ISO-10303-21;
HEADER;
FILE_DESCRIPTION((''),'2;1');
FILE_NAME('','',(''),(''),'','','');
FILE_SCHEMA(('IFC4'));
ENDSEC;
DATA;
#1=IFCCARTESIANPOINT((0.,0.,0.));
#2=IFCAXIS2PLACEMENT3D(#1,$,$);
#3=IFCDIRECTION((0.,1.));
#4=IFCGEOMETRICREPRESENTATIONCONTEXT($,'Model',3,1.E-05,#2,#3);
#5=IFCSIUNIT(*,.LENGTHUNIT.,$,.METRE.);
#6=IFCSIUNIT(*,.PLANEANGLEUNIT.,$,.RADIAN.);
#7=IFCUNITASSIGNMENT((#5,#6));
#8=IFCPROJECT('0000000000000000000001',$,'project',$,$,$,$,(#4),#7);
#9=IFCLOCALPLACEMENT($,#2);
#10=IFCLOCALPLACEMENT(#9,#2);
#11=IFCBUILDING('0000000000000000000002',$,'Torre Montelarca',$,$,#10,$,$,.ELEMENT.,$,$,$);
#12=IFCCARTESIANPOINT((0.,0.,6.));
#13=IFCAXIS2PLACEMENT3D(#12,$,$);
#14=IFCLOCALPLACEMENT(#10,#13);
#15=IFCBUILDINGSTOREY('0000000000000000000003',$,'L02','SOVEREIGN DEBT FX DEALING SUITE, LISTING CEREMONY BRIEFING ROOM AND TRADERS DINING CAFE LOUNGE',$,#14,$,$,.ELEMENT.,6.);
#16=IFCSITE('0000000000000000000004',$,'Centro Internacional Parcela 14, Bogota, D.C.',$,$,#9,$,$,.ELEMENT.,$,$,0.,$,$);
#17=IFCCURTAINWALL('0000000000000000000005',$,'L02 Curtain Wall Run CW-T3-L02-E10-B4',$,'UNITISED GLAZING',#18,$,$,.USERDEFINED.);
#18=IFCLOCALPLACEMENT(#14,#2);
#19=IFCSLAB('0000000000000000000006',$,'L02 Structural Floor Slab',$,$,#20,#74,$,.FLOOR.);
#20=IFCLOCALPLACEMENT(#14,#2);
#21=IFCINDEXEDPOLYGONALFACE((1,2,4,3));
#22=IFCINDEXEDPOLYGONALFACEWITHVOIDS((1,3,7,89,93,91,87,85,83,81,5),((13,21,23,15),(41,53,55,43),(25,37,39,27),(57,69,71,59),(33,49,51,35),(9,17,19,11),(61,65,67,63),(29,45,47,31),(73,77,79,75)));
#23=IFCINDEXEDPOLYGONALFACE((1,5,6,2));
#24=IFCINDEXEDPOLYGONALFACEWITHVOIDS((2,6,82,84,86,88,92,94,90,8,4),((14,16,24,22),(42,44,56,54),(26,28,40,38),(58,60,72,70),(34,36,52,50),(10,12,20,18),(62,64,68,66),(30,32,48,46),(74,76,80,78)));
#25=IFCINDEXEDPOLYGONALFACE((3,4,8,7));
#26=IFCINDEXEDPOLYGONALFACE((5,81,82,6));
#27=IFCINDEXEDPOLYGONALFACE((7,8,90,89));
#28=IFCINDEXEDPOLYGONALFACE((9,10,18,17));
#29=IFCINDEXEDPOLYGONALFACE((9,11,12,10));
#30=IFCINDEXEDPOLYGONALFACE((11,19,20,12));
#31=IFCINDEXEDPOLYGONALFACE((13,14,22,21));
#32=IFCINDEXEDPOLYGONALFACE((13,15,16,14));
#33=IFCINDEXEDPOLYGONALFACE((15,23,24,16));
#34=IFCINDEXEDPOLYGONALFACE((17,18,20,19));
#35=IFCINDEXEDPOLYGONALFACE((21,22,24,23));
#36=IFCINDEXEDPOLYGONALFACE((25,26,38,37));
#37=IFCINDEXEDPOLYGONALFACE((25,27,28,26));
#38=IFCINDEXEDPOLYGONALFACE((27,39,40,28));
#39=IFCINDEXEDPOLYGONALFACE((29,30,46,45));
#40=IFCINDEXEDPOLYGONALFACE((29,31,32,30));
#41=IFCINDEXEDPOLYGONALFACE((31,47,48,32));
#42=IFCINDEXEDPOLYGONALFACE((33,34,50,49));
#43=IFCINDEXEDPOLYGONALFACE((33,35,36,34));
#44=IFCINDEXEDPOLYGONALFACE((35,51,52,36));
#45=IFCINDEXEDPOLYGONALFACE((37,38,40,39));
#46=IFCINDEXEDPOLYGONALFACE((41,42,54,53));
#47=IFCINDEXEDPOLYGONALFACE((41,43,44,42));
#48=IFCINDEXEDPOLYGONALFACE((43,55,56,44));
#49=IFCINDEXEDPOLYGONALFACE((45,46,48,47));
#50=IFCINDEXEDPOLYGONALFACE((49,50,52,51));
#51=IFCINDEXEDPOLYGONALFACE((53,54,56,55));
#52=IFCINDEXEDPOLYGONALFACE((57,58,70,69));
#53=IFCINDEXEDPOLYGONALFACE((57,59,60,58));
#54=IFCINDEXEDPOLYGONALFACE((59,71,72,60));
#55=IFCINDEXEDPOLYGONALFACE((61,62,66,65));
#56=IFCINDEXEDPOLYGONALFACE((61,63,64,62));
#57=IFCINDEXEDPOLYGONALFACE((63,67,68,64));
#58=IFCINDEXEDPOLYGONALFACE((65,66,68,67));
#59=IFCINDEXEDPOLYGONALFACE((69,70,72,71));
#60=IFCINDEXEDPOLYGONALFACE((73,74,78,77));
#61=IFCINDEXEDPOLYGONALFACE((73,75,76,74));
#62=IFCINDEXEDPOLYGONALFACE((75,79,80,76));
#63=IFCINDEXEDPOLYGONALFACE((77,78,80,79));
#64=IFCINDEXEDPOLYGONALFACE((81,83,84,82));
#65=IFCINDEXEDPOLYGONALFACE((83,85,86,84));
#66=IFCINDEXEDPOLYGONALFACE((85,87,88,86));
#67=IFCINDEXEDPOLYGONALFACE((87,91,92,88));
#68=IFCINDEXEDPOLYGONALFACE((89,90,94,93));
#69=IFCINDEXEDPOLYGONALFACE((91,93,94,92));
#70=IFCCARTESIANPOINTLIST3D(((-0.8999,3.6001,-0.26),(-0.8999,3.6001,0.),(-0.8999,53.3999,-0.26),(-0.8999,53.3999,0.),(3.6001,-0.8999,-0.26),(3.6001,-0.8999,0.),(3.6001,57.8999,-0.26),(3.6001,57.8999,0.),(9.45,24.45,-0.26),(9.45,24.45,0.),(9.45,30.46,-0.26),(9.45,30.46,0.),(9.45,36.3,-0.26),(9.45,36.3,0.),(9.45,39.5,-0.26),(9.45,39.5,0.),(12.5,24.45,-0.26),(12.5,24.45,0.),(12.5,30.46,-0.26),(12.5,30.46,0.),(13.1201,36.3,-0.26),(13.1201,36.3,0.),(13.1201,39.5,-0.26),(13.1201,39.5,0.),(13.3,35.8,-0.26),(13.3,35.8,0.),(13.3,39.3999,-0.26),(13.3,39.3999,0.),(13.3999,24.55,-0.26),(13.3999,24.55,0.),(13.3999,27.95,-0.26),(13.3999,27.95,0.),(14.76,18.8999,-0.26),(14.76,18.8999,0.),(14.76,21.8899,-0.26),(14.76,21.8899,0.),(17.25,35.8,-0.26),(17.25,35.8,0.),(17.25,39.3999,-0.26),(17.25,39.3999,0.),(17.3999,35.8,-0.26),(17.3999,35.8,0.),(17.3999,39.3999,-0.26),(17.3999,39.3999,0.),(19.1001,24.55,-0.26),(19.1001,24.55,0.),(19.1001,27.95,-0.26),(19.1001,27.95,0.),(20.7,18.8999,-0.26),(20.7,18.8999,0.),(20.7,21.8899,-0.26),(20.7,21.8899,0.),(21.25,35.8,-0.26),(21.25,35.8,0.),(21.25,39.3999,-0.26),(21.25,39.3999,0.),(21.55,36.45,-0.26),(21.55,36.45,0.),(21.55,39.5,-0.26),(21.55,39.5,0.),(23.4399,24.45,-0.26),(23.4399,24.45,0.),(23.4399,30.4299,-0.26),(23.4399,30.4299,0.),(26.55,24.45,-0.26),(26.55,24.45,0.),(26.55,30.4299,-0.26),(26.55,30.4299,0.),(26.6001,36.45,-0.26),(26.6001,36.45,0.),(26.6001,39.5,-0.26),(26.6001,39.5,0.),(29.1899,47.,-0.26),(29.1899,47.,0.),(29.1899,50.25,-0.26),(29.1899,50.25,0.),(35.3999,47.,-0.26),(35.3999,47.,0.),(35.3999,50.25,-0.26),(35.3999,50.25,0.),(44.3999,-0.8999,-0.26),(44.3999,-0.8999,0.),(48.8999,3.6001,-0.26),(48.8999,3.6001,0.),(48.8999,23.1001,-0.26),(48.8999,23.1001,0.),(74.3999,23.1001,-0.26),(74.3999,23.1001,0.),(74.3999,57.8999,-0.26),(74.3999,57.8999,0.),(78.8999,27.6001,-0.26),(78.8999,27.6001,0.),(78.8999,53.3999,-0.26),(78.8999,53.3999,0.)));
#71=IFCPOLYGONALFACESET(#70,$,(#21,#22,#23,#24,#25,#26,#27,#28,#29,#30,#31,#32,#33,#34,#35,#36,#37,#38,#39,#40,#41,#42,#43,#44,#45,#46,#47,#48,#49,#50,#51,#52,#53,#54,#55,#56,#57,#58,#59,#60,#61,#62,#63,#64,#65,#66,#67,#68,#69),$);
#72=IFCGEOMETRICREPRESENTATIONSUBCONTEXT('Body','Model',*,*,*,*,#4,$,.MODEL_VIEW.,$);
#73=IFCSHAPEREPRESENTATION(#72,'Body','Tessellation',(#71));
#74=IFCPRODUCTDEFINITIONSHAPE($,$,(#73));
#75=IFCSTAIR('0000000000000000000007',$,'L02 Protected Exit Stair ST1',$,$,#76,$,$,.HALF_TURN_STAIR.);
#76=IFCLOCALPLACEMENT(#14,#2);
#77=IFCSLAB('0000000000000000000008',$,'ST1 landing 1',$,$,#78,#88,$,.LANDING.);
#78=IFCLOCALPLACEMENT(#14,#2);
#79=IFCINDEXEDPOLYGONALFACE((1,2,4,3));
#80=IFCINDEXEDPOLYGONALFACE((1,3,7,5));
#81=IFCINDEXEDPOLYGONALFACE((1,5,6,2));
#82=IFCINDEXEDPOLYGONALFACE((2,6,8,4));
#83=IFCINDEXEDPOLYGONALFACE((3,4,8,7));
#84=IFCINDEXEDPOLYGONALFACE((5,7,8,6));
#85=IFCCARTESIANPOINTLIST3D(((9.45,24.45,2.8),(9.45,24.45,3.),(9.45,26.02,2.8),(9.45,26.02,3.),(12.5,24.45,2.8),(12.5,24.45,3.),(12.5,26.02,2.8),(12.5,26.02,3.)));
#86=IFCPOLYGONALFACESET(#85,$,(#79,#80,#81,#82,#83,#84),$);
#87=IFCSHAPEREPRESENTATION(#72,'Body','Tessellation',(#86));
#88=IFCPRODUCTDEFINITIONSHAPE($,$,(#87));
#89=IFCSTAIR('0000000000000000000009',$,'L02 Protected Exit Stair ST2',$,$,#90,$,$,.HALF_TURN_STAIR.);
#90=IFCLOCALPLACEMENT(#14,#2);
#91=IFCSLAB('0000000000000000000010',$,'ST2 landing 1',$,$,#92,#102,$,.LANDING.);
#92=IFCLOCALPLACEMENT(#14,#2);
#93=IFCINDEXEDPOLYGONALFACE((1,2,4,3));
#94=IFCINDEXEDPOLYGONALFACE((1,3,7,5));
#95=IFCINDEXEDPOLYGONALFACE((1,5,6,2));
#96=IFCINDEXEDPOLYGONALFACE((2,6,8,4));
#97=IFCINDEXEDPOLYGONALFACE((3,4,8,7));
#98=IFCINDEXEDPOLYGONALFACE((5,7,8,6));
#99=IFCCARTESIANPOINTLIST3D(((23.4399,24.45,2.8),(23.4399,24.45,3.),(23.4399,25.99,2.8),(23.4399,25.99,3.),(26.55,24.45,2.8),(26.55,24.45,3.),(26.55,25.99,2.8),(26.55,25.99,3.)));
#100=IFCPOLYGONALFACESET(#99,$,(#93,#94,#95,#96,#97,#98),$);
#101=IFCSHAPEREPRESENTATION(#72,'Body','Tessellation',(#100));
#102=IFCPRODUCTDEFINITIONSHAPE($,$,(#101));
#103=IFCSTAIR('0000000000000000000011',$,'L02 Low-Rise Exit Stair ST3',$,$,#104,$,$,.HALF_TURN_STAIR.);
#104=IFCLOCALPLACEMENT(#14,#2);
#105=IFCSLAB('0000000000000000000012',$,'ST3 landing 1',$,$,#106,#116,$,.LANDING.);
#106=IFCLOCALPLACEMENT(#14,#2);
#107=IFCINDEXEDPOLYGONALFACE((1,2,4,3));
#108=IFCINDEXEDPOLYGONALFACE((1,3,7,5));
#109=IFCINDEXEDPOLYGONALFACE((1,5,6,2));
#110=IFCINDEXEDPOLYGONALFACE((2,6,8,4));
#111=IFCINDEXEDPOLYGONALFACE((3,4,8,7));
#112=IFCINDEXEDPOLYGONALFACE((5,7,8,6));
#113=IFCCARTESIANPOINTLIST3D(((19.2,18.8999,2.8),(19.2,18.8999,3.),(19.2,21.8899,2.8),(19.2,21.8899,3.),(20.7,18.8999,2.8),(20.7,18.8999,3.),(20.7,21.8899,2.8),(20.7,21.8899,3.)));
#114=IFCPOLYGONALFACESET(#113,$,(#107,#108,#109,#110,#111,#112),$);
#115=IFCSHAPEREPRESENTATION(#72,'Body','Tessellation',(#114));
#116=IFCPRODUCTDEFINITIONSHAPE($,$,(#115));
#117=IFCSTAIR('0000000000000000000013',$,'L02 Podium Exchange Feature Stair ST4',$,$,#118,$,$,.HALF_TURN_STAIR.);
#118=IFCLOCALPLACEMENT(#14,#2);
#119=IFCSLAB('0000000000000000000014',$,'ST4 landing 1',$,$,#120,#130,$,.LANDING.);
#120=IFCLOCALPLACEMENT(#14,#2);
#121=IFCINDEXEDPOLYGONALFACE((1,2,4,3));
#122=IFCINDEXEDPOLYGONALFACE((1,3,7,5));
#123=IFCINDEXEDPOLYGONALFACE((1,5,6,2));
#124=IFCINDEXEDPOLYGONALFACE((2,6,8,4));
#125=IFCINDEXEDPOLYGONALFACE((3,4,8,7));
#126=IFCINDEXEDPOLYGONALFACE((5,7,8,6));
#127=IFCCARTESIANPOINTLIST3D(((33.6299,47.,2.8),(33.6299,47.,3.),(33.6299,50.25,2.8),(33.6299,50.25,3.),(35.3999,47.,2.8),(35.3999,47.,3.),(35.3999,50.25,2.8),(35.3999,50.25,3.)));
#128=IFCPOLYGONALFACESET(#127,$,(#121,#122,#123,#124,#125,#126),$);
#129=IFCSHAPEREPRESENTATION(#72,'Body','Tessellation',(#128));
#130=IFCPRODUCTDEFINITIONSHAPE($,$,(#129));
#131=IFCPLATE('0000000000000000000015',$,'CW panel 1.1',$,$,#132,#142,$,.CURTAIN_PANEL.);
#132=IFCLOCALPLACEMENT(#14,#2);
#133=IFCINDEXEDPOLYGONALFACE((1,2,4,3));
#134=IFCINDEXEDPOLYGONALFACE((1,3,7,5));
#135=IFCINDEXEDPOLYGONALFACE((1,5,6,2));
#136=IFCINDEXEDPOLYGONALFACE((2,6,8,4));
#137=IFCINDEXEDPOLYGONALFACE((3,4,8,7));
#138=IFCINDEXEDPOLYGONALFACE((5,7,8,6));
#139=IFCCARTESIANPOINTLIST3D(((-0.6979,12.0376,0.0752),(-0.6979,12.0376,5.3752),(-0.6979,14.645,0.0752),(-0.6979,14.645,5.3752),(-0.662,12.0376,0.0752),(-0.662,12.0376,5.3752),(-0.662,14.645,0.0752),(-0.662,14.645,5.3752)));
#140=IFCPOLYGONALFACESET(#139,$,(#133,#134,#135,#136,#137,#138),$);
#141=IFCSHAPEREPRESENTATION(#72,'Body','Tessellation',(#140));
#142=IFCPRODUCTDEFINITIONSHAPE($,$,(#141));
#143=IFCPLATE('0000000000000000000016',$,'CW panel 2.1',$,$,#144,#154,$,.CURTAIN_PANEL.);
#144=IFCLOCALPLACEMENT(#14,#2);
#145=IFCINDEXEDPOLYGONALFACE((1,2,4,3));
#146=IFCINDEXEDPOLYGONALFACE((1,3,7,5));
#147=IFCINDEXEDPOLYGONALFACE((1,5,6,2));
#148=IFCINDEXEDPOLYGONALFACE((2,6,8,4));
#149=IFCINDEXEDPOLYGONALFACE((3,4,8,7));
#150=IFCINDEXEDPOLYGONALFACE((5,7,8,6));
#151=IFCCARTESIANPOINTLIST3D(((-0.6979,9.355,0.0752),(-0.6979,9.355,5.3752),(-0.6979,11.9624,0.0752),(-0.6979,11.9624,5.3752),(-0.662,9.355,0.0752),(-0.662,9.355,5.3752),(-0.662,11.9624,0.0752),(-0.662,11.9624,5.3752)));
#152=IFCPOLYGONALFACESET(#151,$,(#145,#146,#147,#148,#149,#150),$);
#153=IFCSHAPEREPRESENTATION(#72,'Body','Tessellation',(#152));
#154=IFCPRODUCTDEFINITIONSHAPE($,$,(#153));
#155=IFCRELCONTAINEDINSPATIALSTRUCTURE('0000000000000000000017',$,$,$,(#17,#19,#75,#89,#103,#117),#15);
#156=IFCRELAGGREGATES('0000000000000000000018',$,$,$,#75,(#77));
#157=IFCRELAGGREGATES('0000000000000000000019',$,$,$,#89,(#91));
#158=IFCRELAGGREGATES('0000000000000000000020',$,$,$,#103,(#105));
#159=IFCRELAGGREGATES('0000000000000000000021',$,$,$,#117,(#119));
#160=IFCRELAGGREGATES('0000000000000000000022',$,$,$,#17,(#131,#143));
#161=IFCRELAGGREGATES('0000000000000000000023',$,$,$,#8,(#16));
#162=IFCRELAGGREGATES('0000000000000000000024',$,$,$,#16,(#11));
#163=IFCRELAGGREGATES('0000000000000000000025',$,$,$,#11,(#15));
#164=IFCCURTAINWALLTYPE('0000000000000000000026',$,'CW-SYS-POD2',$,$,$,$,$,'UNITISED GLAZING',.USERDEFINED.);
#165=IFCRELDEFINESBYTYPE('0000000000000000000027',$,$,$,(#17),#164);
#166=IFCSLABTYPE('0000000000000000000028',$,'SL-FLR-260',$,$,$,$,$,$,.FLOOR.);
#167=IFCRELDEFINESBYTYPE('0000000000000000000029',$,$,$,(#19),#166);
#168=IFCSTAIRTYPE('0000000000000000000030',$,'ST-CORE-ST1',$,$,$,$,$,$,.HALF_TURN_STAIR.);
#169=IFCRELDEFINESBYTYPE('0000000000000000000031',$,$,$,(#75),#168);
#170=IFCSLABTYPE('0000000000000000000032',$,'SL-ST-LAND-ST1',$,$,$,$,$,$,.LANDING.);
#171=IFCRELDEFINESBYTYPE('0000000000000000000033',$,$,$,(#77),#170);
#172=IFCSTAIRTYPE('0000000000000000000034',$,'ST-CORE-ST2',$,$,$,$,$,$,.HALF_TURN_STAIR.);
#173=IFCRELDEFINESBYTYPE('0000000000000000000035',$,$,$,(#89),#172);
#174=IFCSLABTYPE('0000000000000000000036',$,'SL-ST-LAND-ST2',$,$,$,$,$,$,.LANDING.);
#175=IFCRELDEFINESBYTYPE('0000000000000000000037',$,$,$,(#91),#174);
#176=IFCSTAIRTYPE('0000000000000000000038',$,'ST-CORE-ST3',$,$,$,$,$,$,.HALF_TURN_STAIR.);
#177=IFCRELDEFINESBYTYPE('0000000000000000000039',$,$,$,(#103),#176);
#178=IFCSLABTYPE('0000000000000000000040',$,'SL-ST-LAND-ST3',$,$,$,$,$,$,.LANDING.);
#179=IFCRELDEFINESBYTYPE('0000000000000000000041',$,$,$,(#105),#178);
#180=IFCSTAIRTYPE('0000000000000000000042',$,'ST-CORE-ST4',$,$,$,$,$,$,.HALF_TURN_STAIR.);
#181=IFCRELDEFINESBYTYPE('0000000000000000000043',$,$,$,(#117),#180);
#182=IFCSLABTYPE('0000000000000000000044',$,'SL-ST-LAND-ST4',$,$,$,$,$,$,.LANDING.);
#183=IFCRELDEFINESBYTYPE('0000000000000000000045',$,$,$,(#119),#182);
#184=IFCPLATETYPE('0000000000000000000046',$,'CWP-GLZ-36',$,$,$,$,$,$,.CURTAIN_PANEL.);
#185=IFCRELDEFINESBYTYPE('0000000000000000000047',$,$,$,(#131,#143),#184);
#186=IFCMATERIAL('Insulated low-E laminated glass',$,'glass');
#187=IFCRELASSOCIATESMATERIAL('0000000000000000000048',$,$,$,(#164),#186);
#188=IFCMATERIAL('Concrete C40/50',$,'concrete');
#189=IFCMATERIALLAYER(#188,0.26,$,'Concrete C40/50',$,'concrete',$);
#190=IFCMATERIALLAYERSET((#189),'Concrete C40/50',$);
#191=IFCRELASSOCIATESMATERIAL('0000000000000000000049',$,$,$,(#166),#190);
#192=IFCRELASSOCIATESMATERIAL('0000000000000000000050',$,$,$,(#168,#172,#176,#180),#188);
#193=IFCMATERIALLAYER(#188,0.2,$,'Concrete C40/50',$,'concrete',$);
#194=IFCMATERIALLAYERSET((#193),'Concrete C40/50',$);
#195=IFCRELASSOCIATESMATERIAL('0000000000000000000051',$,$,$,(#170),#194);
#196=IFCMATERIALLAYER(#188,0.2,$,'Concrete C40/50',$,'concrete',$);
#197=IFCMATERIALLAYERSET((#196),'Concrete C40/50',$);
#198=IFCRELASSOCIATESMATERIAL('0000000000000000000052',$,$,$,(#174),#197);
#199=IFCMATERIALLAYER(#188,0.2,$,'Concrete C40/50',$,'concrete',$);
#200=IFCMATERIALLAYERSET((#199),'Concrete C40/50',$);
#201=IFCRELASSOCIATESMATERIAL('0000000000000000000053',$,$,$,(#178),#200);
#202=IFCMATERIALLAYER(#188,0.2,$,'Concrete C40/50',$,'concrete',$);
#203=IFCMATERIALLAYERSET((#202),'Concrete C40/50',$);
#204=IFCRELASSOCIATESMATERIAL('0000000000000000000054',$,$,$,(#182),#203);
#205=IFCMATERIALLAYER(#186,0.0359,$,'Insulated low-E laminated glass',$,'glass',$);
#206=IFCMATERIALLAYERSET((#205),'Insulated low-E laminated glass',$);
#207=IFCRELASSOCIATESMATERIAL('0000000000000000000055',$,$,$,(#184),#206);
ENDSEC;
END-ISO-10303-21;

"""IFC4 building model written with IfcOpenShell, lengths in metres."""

from ifc_helpers import new_model, si_unit, direction, frame, origin, origin_2d, place, context, subcontext, project, spatial, polyline, rectangle, outline, extrude, source, transform, mapped, material, layer, layer_set, type_object, element, aggregate, save


model = new_model("IFC4")

# Units and contexts
model_context = context("Model", 3, precision=1e-05, world=origin(), true_north=direction((0.0, 1.0)))
body_context = subcontext(model_context, "Body", "Model", "MODEL_VIEW")
ifc_project = project(units=[si_unit("LENGTHUNIT", "METRE"), si_unit("PLANEANGLEUNIT", "RADIAN")], contexts=[model_context])

# Site, building, storey
site_placement = place(None, origin())
site = spatial("IfcSite", under=ifc_project, at=site_placement, Name="Centro Internacional Parcela 14, Bogota, D.C.", CompositionType="ELEMENT", RefElevation=0.0)
building_placement = place(site_placement, origin())
building = spatial("IfcBuilding", under=site, at=building_placement, Name="Torre Montelarca", CompositionType="ELEMENT")
storey_placement = place(building_placement, frame((0.0, 0.0, 6.0)))
storey = spatial("IfcBuildingStorey", under=building, at=storey_placement, Name="L02", Description="SOVEREIGN DEBT FX DEALING SUITE, LISTING CEREMONY BRIEFING ROOM AND TRADERS DINING CAFE LOUNGE", CompositionType="ELEMENT", Elevation=6.0)

# Curtain wall
ifc_material_1 = material(Name="Insulated low-E laminated glass", Category="glass")
curtain_wall_type = type_object("IfcCurtainWallType", Name="CW-SYS-POD2", ElementType="UNITISED GLAZING", PredefinedType="USERDEFINED", material=ifc_material_1)
curtain_wall_placement = place(storey_placement, origin())
curtain_wall = element("IfcCurtainWall", 1, at=curtain_wall_placement, inside=storey, type_object=curtain_wall_type, Name="L02 Curtain Wall Run CW-T3-L02-E10-B4", ObjectType="UNITISED GLAZING", PredefinedType="USERDEFINED")

# Slab
ifc_material_2 = material(Name="Concrete C40/50", Category="concrete")
ifc_layer_1 = layer(ifc_material_2, 0.26, Name="Concrete C40/50", Category="concrete")
ifc_layer_set_1 = layer_set([ifc_layer_1], Name="Concrete C40/50")
slab_type_1 = type_object("IfcSlabType", Name="SL-FLR-260", PredefinedType="FLOOR", material=ifc_layer_set_1)
slab_1_placement = place(storey_placement, frame((0.0, 0.0, -0.26)))
element("IfcSlab", 2, at=slab_1_placement, inside=storey, type_object=slab_type_1, Name="L02 Structural Floor Slab", PredefinedType="FLOOR", context=body_context, shape_type="SweptSolid", body=[
    extrude(outline(polyline([(44.3999, -0.8999), (48.8999, 3.6001), (48.8999, 23.1001), (74.3999, 23.1001), (78.8999, 27.6001), (78.8999, 53.3999), (74.3999, 57.8999), (3.6001, 57.8999), (-0.8999, 53.3999), (-0.8999, 3.6001), (3.6001, -0.8999), (44.3999, -0.8999)]), holes=[polyline([(20.7, 18.8999), (14.76, 18.8999), (14.76, 21.8899), (20.7, 21.8899), (20.7, 18.8999)]), polyline([(19.1001, 24.55), (13.3999, 24.55), (13.3999, 27.95), (19.1001, 27.95), (19.1001, 24.55)]), polyline([(23.4399, 24.45), (23.4399, 30.4299), (26.55, 30.4299), (26.55, 24.45), (23.4399, 24.45)]), polyline([(9.45, 24.45), (9.45, 30.46), (12.5, 30.46), (12.5, 24.45), (9.45, 24.45)]), polyline([(17.25, 35.8), (13.3, 35.8), (13.3, 39.3999), (17.25, 39.3999), (17.25, 35.8)]), polyline([(21.25, 35.8), (17.3999, 35.8), (17.3999, 39.3999), (21.25, 39.3999), (21.25, 35.8)]), polyline([(13.1201, 36.3), (9.45, 36.3), (9.45, 39.5), (13.1201, 39.5), (13.1201, 36.3)]), polyline([(21.55, 36.45), (21.55, 39.5), (26.6001, 39.5), (26.6001, 36.45), (21.55, 36.45)]), polyline([(29.1899, 47.0), (29.1899, 50.25), (35.3999, 50.25), (35.3999, 47.0), (29.1899, 47.0)])]), origin(), (0.0, 0.0, 1.0), 0.26),
])

# Stairs, slabs
stair_type_1 = type_object("IfcStairType", Name="ST-CORE-ST1", PredefinedType="HALF_TURN_STAIR", material=ifc_material_2)
stair_1_placement = place(storey_placement, origin())
stair_1 = element("IfcStair", 3, at=stair_1_placement, inside=storey, type_object=stair_type_1, Name="L02 Protected Exit Stair ST1", PredefinedType="HALF_TURN_STAIR")
ifc_layer_2 = layer(ifc_material_2, 0.2, Name="Concrete C40/50", Category="concrete")
ifc_layer_set_2 = layer_set([ifc_layer_2], Name="Concrete C40/50")
slab_type_2 = type_object("IfcSlabType", Name="SL-ST-LAND-ST1", PredefinedType="LANDING", material=ifc_layer_set_2)
slab_2_placement = place(storey_placement, frame((0.0, 0.0, 2.8)))
slab_2 = element("IfcSlab", 4, at=slab_2_placement, type_object=slab_type_2, Name="ST1 landing 1", PredefinedType="LANDING", context=body_context, shape_type="SweptSolid", body=[
    extrude(outline(polyline([(9.45, 26.02), (9.45, 24.45), (12.5, 24.45), (12.5, 26.02), (9.45, 26.02)])), origin(), (0.0, 0.0, 1.0), 0.2),
])
aggregate(stair_1, [slab_2])
stair_type_2 = type_object("IfcStairType", Name="ST-CORE-ST2", PredefinedType="HALF_TURN_STAIR", material=ifc_material_2)
stair_2_placement = place(storey_placement, origin())
stair_2 = element("IfcStair", 5, at=stair_2_placement, inside=storey, type_object=stair_type_2, Name="L02 Protected Exit Stair ST2", PredefinedType="HALF_TURN_STAIR")
ifc_layer_3 = layer(ifc_material_2, 0.2, Name="Concrete C40/50", Category="concrete")
ifc_layer_set_3 = layer_set([ifc_layer_3], Name="Concrete C40/50")
slab_type_3 = type_object("IfcSlabType", Name="SL-ST-LAND-ST2", PredefinedType="LANDING", material=ifc_layer_set_3)
slab_3_placement = place(storey_placement, frame((0.0, 0.0, 2.8)))
slab_3 = element("IfcSlab", 6, at=slab_3_placement, type_object=slab_type_3, Name="ST2 landing 1", PredefinedType="LANDING", context=body_context, shape_type="SweptSolid", body=[
    extrude(outline(polyline([(23.4399, 25.99), (23.4399, 24.45), (26.55, 24.45), (26.55, 25.99), (23.4399, 25.99)])), origin(), (0.0, 0.0, 1.0), 0.2),
])
aggregate(stair_2, [slab_3])
stair_type_3 = type_object("IfcStairType", Name="ST-CORE-ST3", PredefinedType="HALF_TURN_STAIR", material=ifc_material_2)
stair_3_placement = place(storey_placement, origin())
stair_3 = element("IfcStair", 7, at=stair_3_placement, inside=storey, type_object=stair_type_3, Name="L02 Low-Rise Exit Stair ST3", PredefinedType="HALF_TURN_STAIR")
ifc_layer_4 = layer(ifc_material_2, 0.2, Name="Concrete C40/50", Category="concrete")
ifc_layer_set_4 = layer_set([ifc_layer_4], Name="Concrete C40/50")
slab_type_4 = type_object("IfcSlabType", Name="SL-ST-LAND-ST3", PredefinedType="LANDING", material=ifc_layer_set_4)
slab_4_placement = place(storey_placement, frame((0.0, 0.0, 2.8)))
slab_4 = element("IfcSlab", 8, at=slab_4_placement, type_object=slab_type_4, Name="ST3 landing 1", PredefinedType="LANDING", context=body_context, shape_type="SweptSolid", body=[
    extrude(outline(polyline([(19.2, 18.8999), (20.7, 18.8999), (20.7, 21.8899), (19.2, 21.8899), (19.2, 18.8999)])), origin(), (0.0, 0.0, 1.0), 0.2),
])
aggregate(stair_3, [slab_4])
stair_type_4 = type_object("IfcStairType", Name="ST-CORE-ST4", PredefinedType="HALF_TURN_STAIR", material=ifc_material_2)
stair_4_placement = place(storey_placement, origin())
stair_4 = element("IfcStair", 9, at=stair_4_placement, inside=storey, type_object=stair_type_4, Name="L02 Podium Exchange Feature Stair ST4", PredefinedType="HALF_TURN_STAIR")
ifc_layer_5 = layer(ifc_material_2, 0.2, Name="Concrete C40/50", Category="concrete")
ifc_layer_set_5 = layer_set([ifc_layer_5], Name="Concrete C40/50")
slab_type_5 = type_object("IfcSlabType", Name="SL-ST-LAND-ST4", PredefinedType="LANDING", material=ifc_layer_set_5)
slab_5_placement = place(storey_placement, frame((0.0, 0.0, 2.8)))
slab_5 = element("IfcSlab", 10, at=slab_5_placement, type_object=slab_type_5, Name="ST4 landing 1", PredefinedType="LANDING", context=body_context, shape_type="SweptSolid", body=[
    extrude(outline(polyline([(33.6299, 47.0), (35.3999, 47.0), (35.3999, 50.25), (33.6299, 50.25), (33.6299, 47.0)])), origin(), (0.0, 0.0, 1.0), 0.2),
])
aggregate(stair_4, [slab_5])

# Plates
ifc_layer_6 = layer(ifc_material_1, 0.0359, Name="Insulated low-E laminated glass", Category="glass")
ifc_layer_set_6 = layer_set([ifc_layer_6], Name="Insulated low-E laminated glass")
plate_type = type_object("IfcPlateType", Name="CWP-GLZ-36", PredefinedType="CURTAIN_PANEL", material=ifc_layer_set_6)
shared_shape_1 = source(origin(), body_context, "Body", "SweptSolid", [
    extrude(rectangle(XDim=2.6074, YDim=0.0359, at=origin_2d()), origin(), (0.0, 0.0, 1.0), 5.3),
])
plate_1_placement = place(storey_placement, frame((-0.6799, 13.3413, 0.0752), z_axis=(0.0, 0.0, 1.0), x_axis=(0.0, -1.0, 0.0)))
plate_1 = element("IfcPlate", 11, at=plate_1_placement, type_object=plate_type, Name="CW panel 1.1", PredefinedType="CURTAIN_PANEL", context=body_context, shape_type="MappedRepresentation", body=[
    mapped(shared_shape_1, transform((0.0, 0.0, 0.0), scale=1.0)),
])
plate_2_placement = place(storey_placement, frame((-0.6799, 10.6587, 0.0752), z_axis=(0.0, 0.0, 1.0), x_axis=(0.0, -1.0, 0.0)))
plate_2 = element("IfcPlate", 12, at=plate_2_placement, type_object=plate_type, Name="CW panel 2.1", PredefinedType="CURTAIN_PANEL", context=body_context, shape_type="MappedRepresentation", body=[
    mapped(shared_shape_1, transform((0.0, 0.0, 0.0), scale=1.0)),
])
aggregate(curtain_wall, [plate_1, plate_2])

save(model, "model.ifc")
